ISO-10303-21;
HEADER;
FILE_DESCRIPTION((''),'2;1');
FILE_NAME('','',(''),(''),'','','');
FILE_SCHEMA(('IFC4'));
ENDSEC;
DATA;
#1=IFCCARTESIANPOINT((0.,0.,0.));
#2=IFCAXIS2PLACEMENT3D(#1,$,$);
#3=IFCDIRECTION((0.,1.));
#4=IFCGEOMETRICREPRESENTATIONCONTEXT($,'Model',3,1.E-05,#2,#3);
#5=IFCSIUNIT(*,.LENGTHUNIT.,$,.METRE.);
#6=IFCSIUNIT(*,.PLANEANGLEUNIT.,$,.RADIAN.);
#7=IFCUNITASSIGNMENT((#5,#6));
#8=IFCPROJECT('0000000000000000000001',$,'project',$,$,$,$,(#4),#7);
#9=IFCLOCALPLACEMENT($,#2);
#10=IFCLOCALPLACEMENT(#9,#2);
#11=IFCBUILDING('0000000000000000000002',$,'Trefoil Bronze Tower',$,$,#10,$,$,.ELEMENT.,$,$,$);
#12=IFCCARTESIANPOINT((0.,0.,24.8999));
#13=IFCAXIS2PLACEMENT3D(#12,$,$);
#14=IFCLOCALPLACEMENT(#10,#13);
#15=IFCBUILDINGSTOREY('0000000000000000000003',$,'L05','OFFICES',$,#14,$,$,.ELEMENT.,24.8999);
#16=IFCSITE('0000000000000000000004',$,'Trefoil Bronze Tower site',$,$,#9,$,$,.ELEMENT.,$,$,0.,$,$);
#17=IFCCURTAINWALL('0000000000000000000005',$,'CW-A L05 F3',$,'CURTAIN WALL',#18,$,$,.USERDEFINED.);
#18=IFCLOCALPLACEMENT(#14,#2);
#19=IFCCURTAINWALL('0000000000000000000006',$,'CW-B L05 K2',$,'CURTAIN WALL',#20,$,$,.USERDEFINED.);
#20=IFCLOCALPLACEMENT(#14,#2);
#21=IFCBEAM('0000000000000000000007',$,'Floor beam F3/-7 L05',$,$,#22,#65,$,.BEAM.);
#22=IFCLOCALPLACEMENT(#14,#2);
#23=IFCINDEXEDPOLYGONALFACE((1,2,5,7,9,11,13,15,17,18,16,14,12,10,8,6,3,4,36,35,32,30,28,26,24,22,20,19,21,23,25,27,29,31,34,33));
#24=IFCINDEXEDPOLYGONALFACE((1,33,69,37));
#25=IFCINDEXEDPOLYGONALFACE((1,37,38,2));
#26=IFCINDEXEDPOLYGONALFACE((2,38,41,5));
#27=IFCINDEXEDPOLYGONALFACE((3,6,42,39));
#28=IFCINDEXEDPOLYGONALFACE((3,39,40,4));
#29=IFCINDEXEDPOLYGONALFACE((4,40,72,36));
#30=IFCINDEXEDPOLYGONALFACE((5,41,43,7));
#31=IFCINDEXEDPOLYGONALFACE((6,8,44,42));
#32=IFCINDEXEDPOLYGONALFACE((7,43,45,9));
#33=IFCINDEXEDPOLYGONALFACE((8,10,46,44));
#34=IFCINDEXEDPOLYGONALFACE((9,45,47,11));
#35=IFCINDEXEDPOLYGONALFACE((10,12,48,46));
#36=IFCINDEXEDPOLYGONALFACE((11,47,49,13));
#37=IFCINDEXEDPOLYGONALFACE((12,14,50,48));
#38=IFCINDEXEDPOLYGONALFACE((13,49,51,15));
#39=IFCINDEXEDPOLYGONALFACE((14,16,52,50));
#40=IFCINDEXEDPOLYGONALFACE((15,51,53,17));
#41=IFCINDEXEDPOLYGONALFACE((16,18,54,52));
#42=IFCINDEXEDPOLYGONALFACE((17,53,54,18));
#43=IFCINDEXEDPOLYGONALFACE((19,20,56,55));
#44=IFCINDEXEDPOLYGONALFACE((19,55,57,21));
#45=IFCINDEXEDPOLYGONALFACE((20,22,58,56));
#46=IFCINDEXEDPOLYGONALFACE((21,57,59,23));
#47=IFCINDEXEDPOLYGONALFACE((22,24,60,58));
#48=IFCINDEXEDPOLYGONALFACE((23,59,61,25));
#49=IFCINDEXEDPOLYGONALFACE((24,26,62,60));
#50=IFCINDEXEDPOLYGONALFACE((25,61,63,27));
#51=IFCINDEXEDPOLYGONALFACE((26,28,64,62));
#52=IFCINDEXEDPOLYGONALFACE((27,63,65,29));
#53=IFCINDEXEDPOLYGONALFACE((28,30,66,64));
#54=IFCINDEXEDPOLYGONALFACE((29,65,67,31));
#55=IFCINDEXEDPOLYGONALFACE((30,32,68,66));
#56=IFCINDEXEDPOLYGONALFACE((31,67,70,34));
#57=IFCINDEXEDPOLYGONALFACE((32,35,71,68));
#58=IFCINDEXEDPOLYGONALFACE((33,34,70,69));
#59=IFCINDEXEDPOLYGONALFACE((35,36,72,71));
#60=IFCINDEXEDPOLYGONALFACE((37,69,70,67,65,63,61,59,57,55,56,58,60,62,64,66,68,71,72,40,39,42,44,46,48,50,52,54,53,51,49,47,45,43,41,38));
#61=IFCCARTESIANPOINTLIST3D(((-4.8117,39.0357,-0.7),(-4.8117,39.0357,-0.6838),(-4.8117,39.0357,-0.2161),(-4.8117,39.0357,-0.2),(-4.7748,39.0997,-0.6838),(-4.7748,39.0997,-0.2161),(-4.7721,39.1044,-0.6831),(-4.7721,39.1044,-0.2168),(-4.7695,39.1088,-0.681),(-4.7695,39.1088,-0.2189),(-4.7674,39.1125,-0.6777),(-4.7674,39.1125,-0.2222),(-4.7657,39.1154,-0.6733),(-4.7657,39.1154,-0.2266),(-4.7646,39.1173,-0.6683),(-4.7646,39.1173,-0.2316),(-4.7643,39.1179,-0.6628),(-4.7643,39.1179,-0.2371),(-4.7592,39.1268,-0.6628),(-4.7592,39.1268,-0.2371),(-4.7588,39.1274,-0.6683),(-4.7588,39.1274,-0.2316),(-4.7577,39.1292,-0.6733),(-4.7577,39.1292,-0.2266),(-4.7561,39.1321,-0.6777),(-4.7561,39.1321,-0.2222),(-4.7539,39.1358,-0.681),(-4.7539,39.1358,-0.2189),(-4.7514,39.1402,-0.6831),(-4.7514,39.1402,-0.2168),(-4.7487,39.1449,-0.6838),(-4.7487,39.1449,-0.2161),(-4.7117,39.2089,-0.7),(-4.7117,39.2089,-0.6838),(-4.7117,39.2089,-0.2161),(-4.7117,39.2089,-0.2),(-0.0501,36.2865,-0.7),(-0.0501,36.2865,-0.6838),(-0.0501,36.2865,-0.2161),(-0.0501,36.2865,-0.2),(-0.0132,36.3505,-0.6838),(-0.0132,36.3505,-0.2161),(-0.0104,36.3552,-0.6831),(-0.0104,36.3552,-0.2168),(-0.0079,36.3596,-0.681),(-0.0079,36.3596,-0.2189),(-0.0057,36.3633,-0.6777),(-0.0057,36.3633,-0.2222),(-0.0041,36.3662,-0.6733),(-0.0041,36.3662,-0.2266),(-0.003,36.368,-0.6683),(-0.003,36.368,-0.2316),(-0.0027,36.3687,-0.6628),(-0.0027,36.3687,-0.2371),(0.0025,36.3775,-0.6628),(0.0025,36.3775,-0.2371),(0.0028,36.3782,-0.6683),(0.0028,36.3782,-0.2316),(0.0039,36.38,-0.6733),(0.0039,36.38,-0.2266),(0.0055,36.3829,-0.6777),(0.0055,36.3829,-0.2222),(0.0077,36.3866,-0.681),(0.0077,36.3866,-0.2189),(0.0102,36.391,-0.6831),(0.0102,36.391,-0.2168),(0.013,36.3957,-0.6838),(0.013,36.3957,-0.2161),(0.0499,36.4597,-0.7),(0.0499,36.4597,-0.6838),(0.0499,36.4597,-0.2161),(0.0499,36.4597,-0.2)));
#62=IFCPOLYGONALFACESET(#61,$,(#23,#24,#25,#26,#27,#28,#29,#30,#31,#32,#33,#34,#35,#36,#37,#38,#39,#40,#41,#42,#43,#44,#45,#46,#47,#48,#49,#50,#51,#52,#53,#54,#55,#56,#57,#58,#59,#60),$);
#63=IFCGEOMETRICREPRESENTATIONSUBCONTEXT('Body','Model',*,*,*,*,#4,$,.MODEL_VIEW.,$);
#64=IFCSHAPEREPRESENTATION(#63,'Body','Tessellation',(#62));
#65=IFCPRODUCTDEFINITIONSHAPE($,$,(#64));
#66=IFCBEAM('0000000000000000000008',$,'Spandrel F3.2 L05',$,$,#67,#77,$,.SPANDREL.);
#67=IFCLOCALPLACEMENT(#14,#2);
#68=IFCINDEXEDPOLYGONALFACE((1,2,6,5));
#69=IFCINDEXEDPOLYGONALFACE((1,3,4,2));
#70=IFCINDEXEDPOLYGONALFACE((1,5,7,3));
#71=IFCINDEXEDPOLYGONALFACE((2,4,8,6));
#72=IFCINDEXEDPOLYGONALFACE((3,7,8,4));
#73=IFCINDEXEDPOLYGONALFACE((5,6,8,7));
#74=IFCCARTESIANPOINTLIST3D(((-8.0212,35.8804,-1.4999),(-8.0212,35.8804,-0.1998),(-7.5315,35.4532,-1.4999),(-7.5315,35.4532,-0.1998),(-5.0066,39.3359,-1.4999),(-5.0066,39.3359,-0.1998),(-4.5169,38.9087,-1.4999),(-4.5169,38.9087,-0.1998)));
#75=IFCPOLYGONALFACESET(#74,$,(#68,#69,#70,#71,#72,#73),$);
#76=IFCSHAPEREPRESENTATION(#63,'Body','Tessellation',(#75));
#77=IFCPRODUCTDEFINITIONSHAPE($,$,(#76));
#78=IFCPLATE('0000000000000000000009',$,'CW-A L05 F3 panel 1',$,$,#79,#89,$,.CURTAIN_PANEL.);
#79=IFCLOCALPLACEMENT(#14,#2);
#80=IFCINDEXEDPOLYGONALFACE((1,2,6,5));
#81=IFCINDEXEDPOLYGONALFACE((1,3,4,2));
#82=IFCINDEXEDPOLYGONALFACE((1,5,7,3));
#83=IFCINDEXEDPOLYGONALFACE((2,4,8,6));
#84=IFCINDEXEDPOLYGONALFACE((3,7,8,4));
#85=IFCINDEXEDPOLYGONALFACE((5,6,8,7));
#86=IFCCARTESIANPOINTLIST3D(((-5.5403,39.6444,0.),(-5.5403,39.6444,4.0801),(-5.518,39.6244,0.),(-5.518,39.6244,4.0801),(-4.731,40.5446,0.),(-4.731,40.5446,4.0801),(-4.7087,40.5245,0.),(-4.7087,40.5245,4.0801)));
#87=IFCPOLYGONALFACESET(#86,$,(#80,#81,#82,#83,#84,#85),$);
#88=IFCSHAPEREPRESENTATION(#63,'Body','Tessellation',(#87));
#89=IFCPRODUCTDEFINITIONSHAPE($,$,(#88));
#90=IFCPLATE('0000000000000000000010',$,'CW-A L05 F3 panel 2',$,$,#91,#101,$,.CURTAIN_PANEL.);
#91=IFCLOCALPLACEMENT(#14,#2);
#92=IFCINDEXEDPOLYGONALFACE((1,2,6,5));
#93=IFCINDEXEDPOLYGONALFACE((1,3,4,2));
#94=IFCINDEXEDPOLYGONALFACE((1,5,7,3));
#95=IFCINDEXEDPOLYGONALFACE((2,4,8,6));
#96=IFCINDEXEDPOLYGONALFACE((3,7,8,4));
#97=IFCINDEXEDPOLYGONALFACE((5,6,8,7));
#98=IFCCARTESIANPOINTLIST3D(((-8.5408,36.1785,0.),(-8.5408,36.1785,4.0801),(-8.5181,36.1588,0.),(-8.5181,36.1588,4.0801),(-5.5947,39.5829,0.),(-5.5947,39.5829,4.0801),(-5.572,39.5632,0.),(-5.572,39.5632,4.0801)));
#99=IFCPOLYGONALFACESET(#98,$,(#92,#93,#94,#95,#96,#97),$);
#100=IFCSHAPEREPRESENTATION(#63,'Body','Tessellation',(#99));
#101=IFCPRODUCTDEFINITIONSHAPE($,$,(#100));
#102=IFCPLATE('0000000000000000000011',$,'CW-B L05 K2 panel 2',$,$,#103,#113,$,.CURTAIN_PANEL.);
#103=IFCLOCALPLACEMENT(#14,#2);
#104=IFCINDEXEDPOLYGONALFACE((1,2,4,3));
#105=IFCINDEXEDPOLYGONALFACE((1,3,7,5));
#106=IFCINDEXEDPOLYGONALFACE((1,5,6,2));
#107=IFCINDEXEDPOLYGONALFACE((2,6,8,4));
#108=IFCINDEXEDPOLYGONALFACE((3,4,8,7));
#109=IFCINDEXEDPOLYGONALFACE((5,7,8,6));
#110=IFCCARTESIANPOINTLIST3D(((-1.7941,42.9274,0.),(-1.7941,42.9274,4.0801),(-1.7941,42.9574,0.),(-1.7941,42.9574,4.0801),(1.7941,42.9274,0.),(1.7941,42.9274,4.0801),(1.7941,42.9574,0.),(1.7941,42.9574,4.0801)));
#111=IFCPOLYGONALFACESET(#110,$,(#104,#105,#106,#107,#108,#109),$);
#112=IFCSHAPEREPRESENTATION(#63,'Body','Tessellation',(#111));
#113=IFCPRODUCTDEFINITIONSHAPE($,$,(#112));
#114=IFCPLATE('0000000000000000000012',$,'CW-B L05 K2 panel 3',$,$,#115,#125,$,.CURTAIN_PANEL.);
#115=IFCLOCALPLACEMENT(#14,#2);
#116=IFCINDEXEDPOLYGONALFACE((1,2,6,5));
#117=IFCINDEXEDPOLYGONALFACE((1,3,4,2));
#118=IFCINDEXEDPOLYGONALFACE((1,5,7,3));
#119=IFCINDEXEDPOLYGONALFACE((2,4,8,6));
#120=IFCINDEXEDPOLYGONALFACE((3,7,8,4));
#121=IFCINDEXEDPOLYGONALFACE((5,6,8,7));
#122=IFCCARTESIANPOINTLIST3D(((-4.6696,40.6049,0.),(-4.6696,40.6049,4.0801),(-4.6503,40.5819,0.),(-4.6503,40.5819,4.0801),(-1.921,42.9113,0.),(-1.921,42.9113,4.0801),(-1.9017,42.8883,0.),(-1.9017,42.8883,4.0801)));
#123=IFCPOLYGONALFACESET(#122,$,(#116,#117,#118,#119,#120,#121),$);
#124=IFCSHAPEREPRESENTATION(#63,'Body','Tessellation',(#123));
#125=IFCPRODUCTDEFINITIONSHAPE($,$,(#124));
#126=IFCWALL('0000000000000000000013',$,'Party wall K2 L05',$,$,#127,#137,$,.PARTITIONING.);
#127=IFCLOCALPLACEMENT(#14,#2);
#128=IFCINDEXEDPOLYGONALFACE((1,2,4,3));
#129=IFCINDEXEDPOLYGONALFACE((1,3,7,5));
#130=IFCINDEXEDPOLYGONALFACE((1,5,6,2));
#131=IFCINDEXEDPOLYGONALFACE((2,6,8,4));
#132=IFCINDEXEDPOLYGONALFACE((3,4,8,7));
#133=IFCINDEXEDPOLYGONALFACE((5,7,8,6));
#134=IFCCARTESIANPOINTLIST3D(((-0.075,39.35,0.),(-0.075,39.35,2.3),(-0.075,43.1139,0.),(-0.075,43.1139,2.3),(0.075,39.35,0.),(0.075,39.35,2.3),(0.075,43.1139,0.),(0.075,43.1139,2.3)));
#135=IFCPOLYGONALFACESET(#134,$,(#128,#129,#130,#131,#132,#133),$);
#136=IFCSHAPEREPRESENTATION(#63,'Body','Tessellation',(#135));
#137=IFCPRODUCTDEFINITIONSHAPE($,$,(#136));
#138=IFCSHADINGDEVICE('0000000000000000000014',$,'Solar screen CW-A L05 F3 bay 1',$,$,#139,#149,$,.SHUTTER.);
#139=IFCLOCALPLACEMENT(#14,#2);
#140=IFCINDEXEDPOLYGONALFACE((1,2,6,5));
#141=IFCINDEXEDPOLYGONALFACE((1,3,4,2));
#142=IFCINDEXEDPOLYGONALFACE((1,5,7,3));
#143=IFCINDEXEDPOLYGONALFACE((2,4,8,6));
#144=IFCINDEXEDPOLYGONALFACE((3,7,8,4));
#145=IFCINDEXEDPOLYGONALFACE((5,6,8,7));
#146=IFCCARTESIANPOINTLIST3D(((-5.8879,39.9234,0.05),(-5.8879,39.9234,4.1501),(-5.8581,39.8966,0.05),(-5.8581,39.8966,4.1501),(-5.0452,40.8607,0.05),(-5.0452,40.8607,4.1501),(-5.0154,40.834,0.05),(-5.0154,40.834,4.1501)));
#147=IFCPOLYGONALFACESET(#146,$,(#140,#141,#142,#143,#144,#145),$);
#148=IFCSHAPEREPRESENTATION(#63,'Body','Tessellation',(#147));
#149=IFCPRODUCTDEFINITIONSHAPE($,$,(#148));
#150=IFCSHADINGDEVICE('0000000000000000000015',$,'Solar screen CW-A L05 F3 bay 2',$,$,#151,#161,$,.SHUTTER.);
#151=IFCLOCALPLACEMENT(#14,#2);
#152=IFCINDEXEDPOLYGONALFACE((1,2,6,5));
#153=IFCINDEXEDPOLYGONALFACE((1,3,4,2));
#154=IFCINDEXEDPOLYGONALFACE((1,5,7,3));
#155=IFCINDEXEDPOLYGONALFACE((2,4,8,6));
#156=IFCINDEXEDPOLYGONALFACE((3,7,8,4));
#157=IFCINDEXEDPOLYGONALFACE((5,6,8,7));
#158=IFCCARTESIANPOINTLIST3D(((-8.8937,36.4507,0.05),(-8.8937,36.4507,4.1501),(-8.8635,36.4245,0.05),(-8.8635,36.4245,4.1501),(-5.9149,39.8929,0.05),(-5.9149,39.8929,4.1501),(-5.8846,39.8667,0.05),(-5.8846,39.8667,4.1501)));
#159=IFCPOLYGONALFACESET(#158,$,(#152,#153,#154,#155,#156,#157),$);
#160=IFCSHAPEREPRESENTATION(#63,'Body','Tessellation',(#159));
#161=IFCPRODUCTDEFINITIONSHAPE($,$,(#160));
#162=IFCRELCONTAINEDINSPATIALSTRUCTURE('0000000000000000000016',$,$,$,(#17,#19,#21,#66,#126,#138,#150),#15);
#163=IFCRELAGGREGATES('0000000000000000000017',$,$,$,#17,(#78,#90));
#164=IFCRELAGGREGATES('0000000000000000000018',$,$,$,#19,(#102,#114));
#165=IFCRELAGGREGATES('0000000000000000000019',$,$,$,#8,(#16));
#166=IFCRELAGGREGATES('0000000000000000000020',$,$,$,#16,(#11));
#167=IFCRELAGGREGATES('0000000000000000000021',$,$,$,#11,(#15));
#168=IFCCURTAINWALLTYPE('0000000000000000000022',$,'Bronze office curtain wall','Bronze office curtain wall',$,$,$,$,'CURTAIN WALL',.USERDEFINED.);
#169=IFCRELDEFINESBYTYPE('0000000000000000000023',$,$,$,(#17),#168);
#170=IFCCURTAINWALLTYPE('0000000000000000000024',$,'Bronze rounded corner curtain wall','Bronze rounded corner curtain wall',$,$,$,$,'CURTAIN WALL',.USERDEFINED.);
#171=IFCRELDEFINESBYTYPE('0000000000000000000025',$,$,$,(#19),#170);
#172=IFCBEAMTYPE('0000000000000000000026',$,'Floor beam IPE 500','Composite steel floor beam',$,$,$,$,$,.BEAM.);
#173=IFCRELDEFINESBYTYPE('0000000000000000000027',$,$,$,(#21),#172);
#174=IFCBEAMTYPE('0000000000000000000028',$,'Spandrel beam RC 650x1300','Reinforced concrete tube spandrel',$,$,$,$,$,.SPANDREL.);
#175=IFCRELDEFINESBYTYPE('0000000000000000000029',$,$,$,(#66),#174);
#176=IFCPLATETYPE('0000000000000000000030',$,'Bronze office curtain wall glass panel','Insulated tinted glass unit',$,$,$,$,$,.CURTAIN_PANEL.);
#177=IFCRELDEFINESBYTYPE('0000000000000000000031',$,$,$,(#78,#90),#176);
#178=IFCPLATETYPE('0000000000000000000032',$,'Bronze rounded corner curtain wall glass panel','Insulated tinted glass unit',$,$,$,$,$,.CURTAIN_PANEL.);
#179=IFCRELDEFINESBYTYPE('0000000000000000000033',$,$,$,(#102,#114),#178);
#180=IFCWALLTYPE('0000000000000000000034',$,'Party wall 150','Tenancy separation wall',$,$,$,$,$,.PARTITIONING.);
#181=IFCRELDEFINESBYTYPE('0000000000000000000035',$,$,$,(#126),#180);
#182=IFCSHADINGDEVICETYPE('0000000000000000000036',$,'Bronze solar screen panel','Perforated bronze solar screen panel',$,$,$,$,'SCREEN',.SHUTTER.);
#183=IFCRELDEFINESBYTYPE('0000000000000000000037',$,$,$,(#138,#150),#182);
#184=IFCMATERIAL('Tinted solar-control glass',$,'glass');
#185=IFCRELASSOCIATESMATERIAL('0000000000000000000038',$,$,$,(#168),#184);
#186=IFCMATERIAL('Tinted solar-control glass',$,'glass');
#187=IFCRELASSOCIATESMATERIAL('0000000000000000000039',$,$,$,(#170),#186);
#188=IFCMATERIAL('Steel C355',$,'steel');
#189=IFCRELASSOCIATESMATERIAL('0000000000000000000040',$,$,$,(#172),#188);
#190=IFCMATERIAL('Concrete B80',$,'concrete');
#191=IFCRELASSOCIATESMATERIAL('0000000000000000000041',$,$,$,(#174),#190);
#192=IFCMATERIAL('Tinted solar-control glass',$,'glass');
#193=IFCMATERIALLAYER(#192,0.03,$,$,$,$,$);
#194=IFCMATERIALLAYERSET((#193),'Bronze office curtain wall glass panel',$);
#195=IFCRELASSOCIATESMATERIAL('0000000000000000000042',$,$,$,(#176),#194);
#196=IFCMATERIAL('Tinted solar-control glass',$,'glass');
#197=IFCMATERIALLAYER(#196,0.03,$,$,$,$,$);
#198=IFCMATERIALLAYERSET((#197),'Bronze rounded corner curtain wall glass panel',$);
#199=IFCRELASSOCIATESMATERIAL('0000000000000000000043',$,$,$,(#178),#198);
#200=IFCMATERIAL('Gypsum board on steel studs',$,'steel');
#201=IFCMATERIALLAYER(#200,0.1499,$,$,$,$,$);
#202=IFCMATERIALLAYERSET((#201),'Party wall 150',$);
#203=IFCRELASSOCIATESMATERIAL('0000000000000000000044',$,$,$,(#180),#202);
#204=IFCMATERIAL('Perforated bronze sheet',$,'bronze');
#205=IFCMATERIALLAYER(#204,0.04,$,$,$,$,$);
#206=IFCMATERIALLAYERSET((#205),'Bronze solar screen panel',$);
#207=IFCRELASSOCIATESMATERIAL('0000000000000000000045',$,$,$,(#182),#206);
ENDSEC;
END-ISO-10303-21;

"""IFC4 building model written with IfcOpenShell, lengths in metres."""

from ifc_helpers import new_model, si_unit, direction, frame, frame_2d, origin, origin_2d, place, context, subcontext, project, spatial, rectangle, i_section, extrude, material, layer, layer_set, material_profile, profile_set, type_object, element, aggregate, save


model = new_model("IFC4")

# Units and contexts
model_context = context("Model", 3, precision=1e-05, world=origin(), true_north=direction((0.0, 1.0)))
body_context = subcontext(model_context, "Body", "Model", "MODEL_VIEW")
ifc_project = project(units=[si_unit("LENGTHUNIT", "METRE"), si_unit("PLANEANGLEUNIT", "RADIAN")], contexts=[model_context])

# Site, building, storey
site_placement = place(None, origin())
site = spatial("IfcSite", under=ifc_project, at=site_placement, Name="Trefoil Bronze Tower site", CompositionType="ELEMENT", RefElevation=0.0)
building_placement = place(site_placement, origin())
building = spatial("IfcBuilding", under=site, at=building_placement, Name="Trefoil Bronze Tower", CompositionType="ELEMENT")
storey_placement = place(building_placement, frame((0.0, 0.0, 24.8999)))
storey = spatial("IfcBuildingStorey", under=building, at=storey_placement, Name="L05", Description="OFFICES", CompositionType="ELEMENT", Elevation=24.8999)

# Curtain walls
ifc_material_1 = material(Name="Tinted solar-control glass", Category="glass")
curtain_wall_type_1 = type_object("IfcCurtainWallType", Name="Bronze office curtain wall", Description="Bronze office curtain wall", ElementType="CURTAIN WALL", PredefinedType="USERDEFINED", material=ifc_material_1)
curtain_wall_1_placement = place(storey_placement, origin())
curtain_wall_1 = element("IfcCurtainWall", 1, at=curtain_wall_1_placement, inside=storey, type_object=curtain_wall_type_1, Name="CW-A L05 F3", ObjectType="CURTAIN WALL", PredefinedType="USERDEFINED")
ifc_material_2 = material(Name="Tinted solar-control glass", Category="glass")
curtain_wall_type_2 = type_object("IfcCurtainWallType", Name="Bronze rounded corner curtain wall", Description="Bronze rounded corner curtain wall", ElementType="CURTAIN WALL", PredefinedType="USERDEFINED", material=ifc_material_2)
curtain_wall_2_placement = place(storey_placement, origin())
curtain_wall_2 = element("IfcCurtainWall", 2, at=curtain_wall_2_placement, inside=storey, type_object=curtain_wall_type_2, Name="CW-B L05 K2", ObjectType="CURTAIN WALL", PredefinedType="USERDEFINED")

# Beams
ifc_material_3 = material(Name="Steel C355", Category="steel")
ifc_material_profile_1 = material_profile(ifc_material_3, i_section(OverallWidth=0.2, OverallDepth=0.5, WebThickness=0.0103, FlangeThickness=0.0161, FilletRadius=0.021, at=origin_2d()), Name="IPE 500")
ifc_profile_set_1 = profile_set([ifc_material_profile_1], Name="Steel C355")
beam_type_1 = type_object("IfcBeamType", Name="Floor beam IPE 500", Description="Composite steel floor beam", PredefinedType="BEAM", material=ifc_profile_set_1)
beam_1_placement = place(storey_placement, frame((-4.7617, 39.1223, -0.45), z_axis=(0.866018, -0.500012, 0.0), x_axis=(0.500012, 0.866018, 0.0)))
element("IfcBeam", 3, at=beam_1_placement, inside=storey, type_object=beam_type_1, Name="Floor beam F3/-7 L05", PredefinedType="BEAM", context=body_context, shape_type="SweptSolid", body=[
    extrude(i_section(OverallWidth=0.2, OverallDepth=0.5, WebThickness=0.0103, FlangeThickness=0.0161, FilletRadius=0.021, at=origin_2d()), origin(), (0.0, 0.0, 1.0), 5.4983),
])
ifc_material_4 = material(Name="Concrete B80", Category="concrete")
ifc_material_profile_2 = material_profile(ifc_material_4, rectangle(XDim=0.6499, YDim=1.3, at=origin_2d()), Name="RC 650x1300")
ifc_profile_set_2 = profile_set([ifc_material_profile_2], Name="Concrete B80")
beam_type_2 = type_object("IfcBeamType", Name="Spandrel beam RC 650x1300", Description="Reinforced concrete tube spandrel", PredefinedType="SPANDREL", material=ifc_profile_set_2)
beam_2_placement = place(storey_placement, frame((-4.7617, 39.1223, -0.8499), z_axis=(-0.657396, -0.753545, 0.0), x_axis=(0.753545, -0.657396, 0.0)))
element("IfcBeam", 4, at=beam_2_placement, inside=storey, type_object=beam_type_2, Name="Spandrel F3.2 L05", PredefinedType="SPANDREL", context=body_context, shape_type="SweptSolid", body=[
    extrude(rectangle(XDim=0.6499, YDim=1.3, at=origin_2d()), origin(), (0.0, 0.0, 1.0), 4.5857),
])

# Plates
ifc_material_5 = material(Name="Tinted solar-control glass", Category="glass")
ifc_layer_1 = layer(ifc_material_5, 0.03)
ifc_layer_set_1 = layer_set([ifc_layer_1], Name="Bronze office curtain wall glass panel")
plate_type_1 = type_object("IfcPlateType", Name="Bronze office curtain wall glass panel", Description="Insulated tinted glass unit", PredefinedType="CURTAIN_PANEL", material=ifc_layer_set_1)
plate_1_placement = place(storey_placement, frame((-5.1245, 40.0845, 0.0), z_axis=(0.0, 0.0, 1.0), x_axis=(-0.668575, -0.743645, 0.0)))
plate_1 = element("IfcPlate", 5, at=plate_1_placement, type_object=plate_type_1, Name="CW-A L05 F3 panel 1", PredefinedType="CURTAIN_PANEL", context=body_context, shape_type="SweptSolid", body=[
    extrude(rectangle(XDim=1.2104, YDim=0.03, at=origin_2d()), origin(), (0.0, 0.0, 1.0), 4.0801),
])
plate_2_placement = place(storey_placement, frame((-7.0564, 37.8708, 0.0), z_axis=(0.0, 0.0, 1.0), x_axis=(-0.654376, -0.756169, 0.0)))
plate_2 = element("IfcPlate", 6, at=plate_2_placement, type_object=plate_type_1, Name="CW-A L05 F3 panel 2", PredefinedType="CURTAIN_PANEL", context=body_context, shape_type="SweptSolid", body=[
    extrude(rectangle(XDim=4.5022, YDim=0.03, at=origin_2d()), origin(), (0.0, 0.0, 1.0), 4.0801),
])
aggregate(curtain_wall_1, [plate_1, plate_2])
ifc_material_6 = material(Name="Tinted solar-control glass", Category="glass")
ifc_layer_2 = layer(ifc_material_6, 0.03)
ifc_layer_set_2 = layer_set([ifc_layer_2], Name="Bronze rounded corner curtain wall glass panel")
plate_type_2 = type_object("IfcPlateType", Name="Bronze rounded corner curtain wall glass panel", Description="Insulated tinted glass unit", PredefinedType="CURTAIN_PANEL", material=ifc_layer_set_2)
plate_3_placement = place(storey_placement, frame((0.0, 42.9424, 0.0), z_axis=(0.0, 0.0, 1.0), x_axis=(-1.0, 0.0, 0.0)))
plate_3 = element("IfcPlate", 7, at=plate_3_placement, type_object=plate_type_2, Name="CW-B L05 K2 panel 2", PredefinedType="CURTAIN_PANEL", context=body_context, shape_type="SweptSolid", body=[
    extrude(rectangle(XDim=3.5881, YDim=0.03, at=origin_2d()), origin(), (0.0, 0.0, 1.0), 4.0801),
])
plate_4_placement = place(storey_placement, frame((-3.2856, 41.7466, 0.0), z_axis=(0.0, 0.0, 1.0), x_axis=(-0.766044, -0.642788, 0.0)))
plate_4 = element("IfcPlate", 8, at=plate_4_placement, type_object=plate_type_2, Name="CW-B L05 K2 panel 3", PredefinedType="CURTAIN_PANEL", context=body_context, shape_type="SweptSolid", body=[
    extrude(rectangle(XDim=3.5881, YDim=0.03, at=origin_2d()), origin(), (0.0, 0.0, 1.0), 4.0801),
])
aggregate(curtain_wall_2, [plate_3, plate_4])

# Wall
ifc_material_7 = material(Name="Gypsum board on steel studs", Category="steel")
ifc_layer_3 = layer(ifc_material_7, 0.1499)
ifc_layer_set_3 = layer_set([ifc_layer_3], Name="Party wall 150")
wall_type = type_object("IfcWallType", Name="Party wall 150", Description="Tenancy separation wall", PredefinedType="PARTITIONING", material=ifc_layer_set_3)
wall_placement = place(storey_placement, frame((0.0, 39.3501, 0.0), z_axis=(0.0, 0.0, 1.0), x_axis=(0.0, 1.0, 0.0)))
element("IfcWall", 9, at=wall_placement, inside=storey, type_object=wall_type, Name="Party wall K2 L05", PredefinedType="PARTITIONING", context=body_context, shape_type="SweptSolid", body=[
    extrude(rectangle(XDim=3.7639, YDim=0.1499, at=frame_2d((1.8818, 0.0))), origin(), (0.0, 0.0, 1.0), 2.3),
])

# Shading devices
ifc_material_8 = material(Name="Perforated bronze sheet", Category="bronze")
ifc_layer_4 = layer(ifc_material_8, 0.04)
ifc_layer_set_4 = layer_set([ifc_layer_4], Name="Bronze solar screen panel")
shading_device_type = type_object("IfcShadingDeviceType", Name="Bronze solar screen panel", Description="Perforated bronze solar screen panel", ElementType="SCREEN", PredefinedType="SHUTTER", material=ifc_layer_set_4)
shading_device_1_placement = place(storey_placement, frame((-5.4517, 40.3787, 0.05), z_axis=(0.0, 0.0, 1.0), x_axis=(-0.668575, -0.743645, 0.0)))
element("IfcShadingDevice", 10, at=shading_device_1_placement, inside=storey, type_object=shading_device_type, Name="Solar screen CW-A L05 F3 bay 1", PredefinedType="SHUTTER", context=body_context, shape_type="SweptSolid", body=[
    extrude(rectangle(XDim=1.2605, YDim=0.04, at=origin_2d()), origin(), (0.0, 0.0, 1.0), 4.1001),
])
shading_device_2_placement = place(storey_placement, frame((-7.3892, 38.1587, 0.05), z_axis=(0.0, 0.0, 1.0), x_axis=(-0.654376, -0.756169, 0.0)))
element("IfcShadingDevice", 11, at=shading_device_2_placement, inside=storey, type_object=shading_device_type, Name="Solar screen CW-A L05 F3 bay 2", PredefinedType="SHUTTER", context=body_context, shape_type="SweptSolid", body=[
    extrude(rectangle(XDim=4.5522, YDim=0.04, at=origin_2d()), origin(), (0.0, 0.0, 1.0), 4.1001),
])

save(model, "model.ifc")
